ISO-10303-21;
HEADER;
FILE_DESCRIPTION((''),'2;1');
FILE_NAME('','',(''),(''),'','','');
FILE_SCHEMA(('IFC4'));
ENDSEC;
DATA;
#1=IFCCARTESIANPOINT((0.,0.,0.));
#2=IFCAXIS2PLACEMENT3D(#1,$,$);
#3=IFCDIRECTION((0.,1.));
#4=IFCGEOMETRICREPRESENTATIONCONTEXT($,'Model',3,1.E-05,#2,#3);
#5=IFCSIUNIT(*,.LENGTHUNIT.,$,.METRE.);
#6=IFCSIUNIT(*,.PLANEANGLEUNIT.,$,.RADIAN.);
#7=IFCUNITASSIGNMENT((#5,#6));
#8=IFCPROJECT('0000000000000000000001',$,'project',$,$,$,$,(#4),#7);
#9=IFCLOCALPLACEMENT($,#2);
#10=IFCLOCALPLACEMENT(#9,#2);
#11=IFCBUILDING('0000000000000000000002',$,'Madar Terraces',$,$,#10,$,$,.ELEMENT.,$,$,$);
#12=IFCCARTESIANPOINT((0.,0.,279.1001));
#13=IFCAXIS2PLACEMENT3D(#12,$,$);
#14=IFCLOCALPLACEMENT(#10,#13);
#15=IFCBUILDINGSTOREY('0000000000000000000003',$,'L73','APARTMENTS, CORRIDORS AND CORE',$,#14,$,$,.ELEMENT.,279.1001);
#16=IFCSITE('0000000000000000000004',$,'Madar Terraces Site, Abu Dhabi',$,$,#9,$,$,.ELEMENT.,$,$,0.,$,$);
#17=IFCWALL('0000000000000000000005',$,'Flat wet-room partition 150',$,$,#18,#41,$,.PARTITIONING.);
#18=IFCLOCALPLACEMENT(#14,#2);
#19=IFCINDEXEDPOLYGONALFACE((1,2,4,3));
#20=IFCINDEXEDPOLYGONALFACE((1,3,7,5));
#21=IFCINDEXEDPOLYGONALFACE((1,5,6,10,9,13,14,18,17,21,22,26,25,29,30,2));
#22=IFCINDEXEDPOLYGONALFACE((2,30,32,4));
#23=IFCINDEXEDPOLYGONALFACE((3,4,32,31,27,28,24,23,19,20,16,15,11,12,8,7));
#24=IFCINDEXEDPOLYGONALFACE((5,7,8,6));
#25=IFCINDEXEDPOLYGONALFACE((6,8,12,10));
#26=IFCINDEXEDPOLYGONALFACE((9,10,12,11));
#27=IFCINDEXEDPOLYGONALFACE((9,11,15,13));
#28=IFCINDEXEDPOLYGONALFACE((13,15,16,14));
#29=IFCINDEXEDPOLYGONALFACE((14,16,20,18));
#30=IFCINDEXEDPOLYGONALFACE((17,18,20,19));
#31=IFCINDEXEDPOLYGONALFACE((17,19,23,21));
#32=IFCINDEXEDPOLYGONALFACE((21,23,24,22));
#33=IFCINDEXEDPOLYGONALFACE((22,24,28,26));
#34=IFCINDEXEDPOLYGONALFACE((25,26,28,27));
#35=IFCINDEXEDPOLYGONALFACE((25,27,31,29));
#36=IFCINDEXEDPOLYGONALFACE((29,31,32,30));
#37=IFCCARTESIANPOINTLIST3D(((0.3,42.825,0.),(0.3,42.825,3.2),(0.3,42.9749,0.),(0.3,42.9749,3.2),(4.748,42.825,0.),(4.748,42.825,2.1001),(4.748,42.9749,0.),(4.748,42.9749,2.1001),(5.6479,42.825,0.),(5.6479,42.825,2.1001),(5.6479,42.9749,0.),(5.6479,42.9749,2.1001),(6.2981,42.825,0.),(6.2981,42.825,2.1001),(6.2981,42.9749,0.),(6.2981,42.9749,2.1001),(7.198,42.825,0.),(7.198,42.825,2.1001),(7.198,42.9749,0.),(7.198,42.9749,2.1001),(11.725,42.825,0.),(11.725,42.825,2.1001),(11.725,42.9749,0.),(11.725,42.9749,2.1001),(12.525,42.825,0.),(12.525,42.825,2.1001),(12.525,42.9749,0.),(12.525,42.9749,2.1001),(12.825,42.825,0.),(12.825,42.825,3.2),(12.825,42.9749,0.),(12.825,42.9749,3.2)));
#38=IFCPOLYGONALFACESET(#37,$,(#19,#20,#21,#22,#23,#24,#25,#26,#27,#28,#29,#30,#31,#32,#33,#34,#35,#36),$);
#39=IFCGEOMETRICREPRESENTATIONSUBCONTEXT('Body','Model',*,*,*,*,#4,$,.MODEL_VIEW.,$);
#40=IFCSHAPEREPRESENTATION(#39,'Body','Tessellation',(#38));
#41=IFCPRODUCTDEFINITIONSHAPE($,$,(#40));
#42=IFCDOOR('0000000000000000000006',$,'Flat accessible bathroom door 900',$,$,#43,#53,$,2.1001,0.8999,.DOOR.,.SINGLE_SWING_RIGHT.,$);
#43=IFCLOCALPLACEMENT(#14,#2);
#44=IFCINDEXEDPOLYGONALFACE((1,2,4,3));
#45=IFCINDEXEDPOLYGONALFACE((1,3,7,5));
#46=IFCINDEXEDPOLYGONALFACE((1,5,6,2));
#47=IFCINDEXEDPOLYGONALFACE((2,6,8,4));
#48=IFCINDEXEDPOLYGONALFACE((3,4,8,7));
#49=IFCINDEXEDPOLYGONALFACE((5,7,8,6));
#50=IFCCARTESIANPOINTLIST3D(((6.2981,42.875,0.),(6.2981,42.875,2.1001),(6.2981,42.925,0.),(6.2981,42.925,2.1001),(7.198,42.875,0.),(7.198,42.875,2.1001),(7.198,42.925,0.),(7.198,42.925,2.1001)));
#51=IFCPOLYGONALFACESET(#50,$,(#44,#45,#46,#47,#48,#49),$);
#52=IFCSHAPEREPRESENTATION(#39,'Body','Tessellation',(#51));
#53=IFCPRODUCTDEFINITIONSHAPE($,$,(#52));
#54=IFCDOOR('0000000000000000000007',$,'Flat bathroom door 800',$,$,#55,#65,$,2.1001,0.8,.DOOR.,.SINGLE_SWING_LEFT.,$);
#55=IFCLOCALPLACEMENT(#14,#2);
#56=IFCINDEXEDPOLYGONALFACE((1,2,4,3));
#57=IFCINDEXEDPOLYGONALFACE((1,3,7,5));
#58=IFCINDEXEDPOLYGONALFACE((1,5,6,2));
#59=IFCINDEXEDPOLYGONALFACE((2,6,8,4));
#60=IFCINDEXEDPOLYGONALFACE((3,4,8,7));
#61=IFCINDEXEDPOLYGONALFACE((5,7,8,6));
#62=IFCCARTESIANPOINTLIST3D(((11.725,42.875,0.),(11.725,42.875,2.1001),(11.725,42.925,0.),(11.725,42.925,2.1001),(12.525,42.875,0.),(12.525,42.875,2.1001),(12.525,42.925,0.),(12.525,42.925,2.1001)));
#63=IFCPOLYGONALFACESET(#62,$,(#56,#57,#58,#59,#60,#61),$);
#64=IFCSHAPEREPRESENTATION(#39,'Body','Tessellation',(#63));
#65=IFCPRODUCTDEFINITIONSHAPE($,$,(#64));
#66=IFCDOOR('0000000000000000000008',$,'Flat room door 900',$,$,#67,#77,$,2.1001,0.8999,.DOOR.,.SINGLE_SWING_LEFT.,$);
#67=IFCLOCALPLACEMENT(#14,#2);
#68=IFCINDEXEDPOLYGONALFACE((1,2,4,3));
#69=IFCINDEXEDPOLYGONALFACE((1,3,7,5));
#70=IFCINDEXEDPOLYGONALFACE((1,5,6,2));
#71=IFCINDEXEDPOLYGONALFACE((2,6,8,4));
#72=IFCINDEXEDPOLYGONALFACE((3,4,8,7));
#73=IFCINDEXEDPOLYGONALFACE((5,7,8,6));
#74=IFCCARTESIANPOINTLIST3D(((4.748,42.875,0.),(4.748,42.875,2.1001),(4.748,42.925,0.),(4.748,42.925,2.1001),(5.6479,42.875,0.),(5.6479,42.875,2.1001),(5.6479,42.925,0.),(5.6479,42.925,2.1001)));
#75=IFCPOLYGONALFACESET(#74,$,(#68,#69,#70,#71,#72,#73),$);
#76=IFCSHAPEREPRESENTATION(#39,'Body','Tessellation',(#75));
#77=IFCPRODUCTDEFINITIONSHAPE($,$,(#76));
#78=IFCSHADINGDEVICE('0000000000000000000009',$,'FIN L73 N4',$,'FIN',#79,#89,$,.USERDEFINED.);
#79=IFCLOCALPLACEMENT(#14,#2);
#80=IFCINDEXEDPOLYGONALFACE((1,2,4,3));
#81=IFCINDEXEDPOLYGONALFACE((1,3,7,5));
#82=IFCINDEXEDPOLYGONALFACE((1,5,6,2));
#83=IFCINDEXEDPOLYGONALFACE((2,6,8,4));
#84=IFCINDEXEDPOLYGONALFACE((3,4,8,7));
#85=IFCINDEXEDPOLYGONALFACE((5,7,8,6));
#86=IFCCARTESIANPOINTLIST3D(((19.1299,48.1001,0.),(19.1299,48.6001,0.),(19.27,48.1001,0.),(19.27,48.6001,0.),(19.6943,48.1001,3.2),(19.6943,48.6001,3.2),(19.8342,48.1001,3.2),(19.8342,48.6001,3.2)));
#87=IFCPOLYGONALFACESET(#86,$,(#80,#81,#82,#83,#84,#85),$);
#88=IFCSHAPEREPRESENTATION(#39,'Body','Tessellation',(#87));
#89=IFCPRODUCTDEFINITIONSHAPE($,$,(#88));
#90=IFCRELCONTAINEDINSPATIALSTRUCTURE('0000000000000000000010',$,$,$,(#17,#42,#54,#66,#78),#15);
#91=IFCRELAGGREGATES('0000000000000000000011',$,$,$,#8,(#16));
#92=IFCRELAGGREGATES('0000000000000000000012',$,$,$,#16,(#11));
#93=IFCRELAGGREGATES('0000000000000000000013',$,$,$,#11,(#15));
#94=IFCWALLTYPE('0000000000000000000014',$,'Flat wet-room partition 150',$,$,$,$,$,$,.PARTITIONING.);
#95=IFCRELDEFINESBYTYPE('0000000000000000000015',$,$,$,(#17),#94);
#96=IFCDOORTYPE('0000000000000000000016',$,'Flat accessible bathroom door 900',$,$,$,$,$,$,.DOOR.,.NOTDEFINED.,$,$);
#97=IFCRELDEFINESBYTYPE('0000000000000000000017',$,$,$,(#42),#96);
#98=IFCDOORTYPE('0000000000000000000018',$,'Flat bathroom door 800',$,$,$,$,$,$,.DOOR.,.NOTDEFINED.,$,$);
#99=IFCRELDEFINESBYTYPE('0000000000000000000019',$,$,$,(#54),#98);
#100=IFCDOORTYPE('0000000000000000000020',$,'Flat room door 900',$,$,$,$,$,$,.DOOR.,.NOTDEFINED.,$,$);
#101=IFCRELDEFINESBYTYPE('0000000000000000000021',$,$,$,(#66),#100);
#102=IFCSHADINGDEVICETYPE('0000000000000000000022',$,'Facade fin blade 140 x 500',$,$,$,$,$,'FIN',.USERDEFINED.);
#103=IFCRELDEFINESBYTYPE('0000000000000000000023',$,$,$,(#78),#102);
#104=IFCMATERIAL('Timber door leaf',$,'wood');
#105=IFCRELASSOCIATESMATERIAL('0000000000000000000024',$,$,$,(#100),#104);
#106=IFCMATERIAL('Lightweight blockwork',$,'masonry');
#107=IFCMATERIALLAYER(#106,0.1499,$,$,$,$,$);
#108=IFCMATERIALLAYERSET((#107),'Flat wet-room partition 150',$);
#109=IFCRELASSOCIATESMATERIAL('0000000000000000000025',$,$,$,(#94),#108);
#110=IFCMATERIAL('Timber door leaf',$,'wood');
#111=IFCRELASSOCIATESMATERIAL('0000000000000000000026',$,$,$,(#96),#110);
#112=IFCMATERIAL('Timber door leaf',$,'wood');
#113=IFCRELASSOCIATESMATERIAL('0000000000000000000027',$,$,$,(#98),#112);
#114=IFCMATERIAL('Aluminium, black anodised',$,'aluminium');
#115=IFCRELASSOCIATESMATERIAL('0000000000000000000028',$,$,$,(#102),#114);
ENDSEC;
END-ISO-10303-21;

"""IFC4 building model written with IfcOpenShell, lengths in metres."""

from ifc_helpers import new_model, si_unit, direction, frame, frame_2d, origin, place, context, subcontext, project, spatial, polyline, rectangle, outline, extrude, material, layer, layer_set, type_object, element, fill, save


model = new_model("IFC4")

# Units and contexts
model_context = context("Model", 3, precision=1e-05, world=origin(), true_north=direction((0.0, 1.0)))
body_context = subcontext(model_context, "Body", "Model", "MODEL_VIEW")
ifc_project = project(units=[si_unit("LENGTHUNIT", "METRE"), si_unit("PLANEANGLEUNIT", "RADIAN")], contexts=[model_context])

# Site, building, storey
site_placement = place(None, origin())
site = spatial("IfcSite", under=ifc_project, at=site_placement, Name="Madar Terraces Site, Abu Dhabi", CompositionType="ELEMENT", RefElevation=0.0)
building_placement = place(site_placement, origin())
building = spatial("IfcBuilding", under=site, at=building_placement, Name="Madar Terraces", CompositionType="ELEMENT")
storey_placement = place(building_placement, frame((0.0, 0.0, 279.1001)))
storey = spatial("IfcBuildingStorey", under=building, at=storey_placement, Name="L73", Description="APARTMENTS, CORRIDORS AND CORE", CompositionType="ELEMENT", Elevation=279.1001)

# Shared definitions
ifc_material_1 = material(Name="Timber door leaf", Category="wood")
door_type_1 = type_object("IfcDoorType", Name="Flat room door 900", OperationType="NOTDEFINED", PredefinedType="DOOR", material=ifc_material_1)

# Wall, openings, doors
ifc_material_2 = material(Name="Lightweight blockwork", Category="masonry")
ifc_layer_1 = layer(ifc_material_2, 0.1499)
ifc_layer_set_1 = layer_set([ifc_layer_1], Name="Flat wet-room partition 150")
wall_type_1 = type_object("IfcWallType", Name="Flat wet-room partition 150", PredefinedType="PARTITIONING", material=ifc_layer_set_1)
wall_1_placement = place(storey_placement, frame((12.825, 42.8999, 0.0), z_axis=(0.0, 0.0, 1.0), x_axis=(-1.0, 0.0, 0.0)))
wall_1 = element("IfcWall", 1, at=wall_1_placement, inside=storey, type_object=wall_type_1, Name="Flat wet-room partition 150", PredefinedType="PARTITIONING", context=body_context, shape_type="SweptSolid", body=[
    extrude(rectangle(XDim=12.5249, YDim=0.1499, at=frame_2d((6.2625, 0.0))), origin(), (0.0, 0.0, 1.0), 3.2),
])
opening_1_placement = place(wall_1_placement, frame((0.3, 0.0, 0.0)))
opening_1 = element("IfcOpeningElement", 2, at=opening_1_placement, cuts=wall_1, PredefinedType="OPENING", context=body_context, shape_type="SweptSolid", body=[
    extrude(rectangle(XDim=0.8, YDim=2.1001, at=frame_2d((0.3999, 1.05))), frame((0.0, 0.085, 0.0), z_axis=(0.0, -1.0, 0.0), x_axis=(1.0, 0.0, 0.0)), (0.0, 0.0, 1.0), 0.1699),
])
opening_2_placement = place(wall_1_placement, frame((5.627, 0.0, 0.0)))
opening_2 = element("IfcOpeningElement", 3, at=opening_2_placement, cuts=wall_1, PredefinedType="OPENING", context=body_context, shape_type="SweptSolid", body=[
    extrude(rectangle(XDim=0.8999, YDim=2.1001, at=frame_2d((0.45, 1.05))), frame((0.0, 0.085, 0.0), z_axis=(0.0, -1.0, 0.0), x_axis=(1.0, 0.0, 0.0)), (0.0, 0.0, 1.0), 0.1699),
])
opening_3_placement = place(wall_1_placement, frame((7.177, 0.0, 0.0)))
opening_3 = element("IfcOpeningElement", 4, at=opening_3_placement, cuts=wall_1, PredefinedType="OPENING", context=body_context, shape_type="SweptSolid", body=[
    extrude(rectangle(XDim=0.8999, YDim=2.1001, at=frame_2d((0.45, 1.05))), frame((0.0, 0.085, 0.0), z_axis=(0.0, -1.0, 0.0), x_axis=(1.0, 0.0, 0.0)), (0.0, 0.0, 1.0), 0.1699),
])
ifc_material_3 = material(Name="Timber door leaf", Category="wood")
door_type_2 = type_object("IfcDoorType", Name="Flat accessible bathroom door 900", OperationType="NOTDEFINED", PredefinedType="DOOR", material=ifc_material_3)
door_1_placement = place(opening_2_placement, origin())
door_1 = element("IfcDoor", 5, at=door_1_placement, inside=storey, type_object=door_type_2, Name="Flat accessible bathroom door 900", OperationType="SINGLE_SWING_RIGHT", OverallHeight=2.1001, OverallWidth=0.8999, PredefinedType="DOOR", context=body_context, shape_type="SweptSolid", body=[
    extrude(rectangle(XDim=0.8999, YDim=2.1001, at=frame_2d((0.45, 1.05))), frame((0.0, 0.0249, 0.0), z_axis=(0.0, -1.0, 0.0), x_axis=(1.0, 0.0, 0.0)), (0.0, 0.0, 1.0), 0.05),
])
fill(opening_2, door_1)
ifc_material_4 = material(Name="Timber door leaf", Category="wood")
door_type_3 = type_object("IfcDoorType", Name="Flat bathroom door 800", OperationType="NOTDEFINED", PredefinedType="DOOR", material=ifc_material_4)
door_2_placement = place(opening_1_placement, origin())
door_2 = element("IfcDoor", 6, at=door_2_placement, inside=storey, type_object=door_type_3, Name="Flat bathroom door 800", OperationType="SINGLE_SWING_LEFT", OverallHeight=2.1001, OverallWidth=0.8, PredefinedType="DOOR", context=body_context, shape_type="SweptSolid", body=[
    extrude(rectangle(XDim=0.8, YDim=2.1001, at=frame_2d((0.3999, 1.05))), frame((0.0, 0.0249, 0.0), z_axis=(0.0, -1.0, 0.0), x_axis=(1.0, 0.0, 0.0)), (0.0, 0.0, 1.0), 0.05),
])
fill(opening_1, door_2)
door_3_placement = place(opening_3_placement, origin())
door_3 = element("IfcDoor", 7, at=door_3_placement, inside=storey, type_object=door_type_1, Name="Flat room door 900", OperationType="SINGLE_SWING_LEFT", OverallHeight=2.1001, OverallWidth=0.8999, PredefinedType="DOOR", context=body_context, shape_type="SweptSolid", body=[
    extrude(rectangle(XDim=0.8999, YDim=2.1001, at=frame_2d((0.45, 1.05))), frame((0.0, 0.0249, 0.0), z_axis=(0.0, -1.0, 0.0), x_axis=(1.0, 0.0, 0.0)), (0.0, 0.0, 1.0), 0.05),
])
fill(opening_3, door_3)

# Shading device
ifc_material_5 = material(Name="Aluminium, black anodised", Category="aluminium")
shading_device_type = type_object("IfcShadingDeviceType", Name="Facade fin blade 140 x 500", ElementType="FIN", PredefinedType="USERDEFINED", material=ifc_material_5)
shading_device_placement = place(storey_placement, frame((19.27, 48.3501, 0.0), z_axis=(0.0, 0.0, 1.0), x_axis=(-1.0, 0.0, 0.0)))
element("IfcShadingDevice", 8, at=shading_device_placement, inside=storey, type_object=shading_device_type, Name="FIN L73 N4", ObjectType="FIN", PredefinedType="USERDEFINED", context=body_context, shape_type="SweptSolid", body=[
    extrude(outline(polyline([(0.0, 0.0), (0.1401, 0.0), (-0.4243, 3.2), (-0.5642, 3.2), (0.0, 0.0)])), frame((0.0, 0.25, 0.0), z_axis=(0.0, -1.0, 0.0), x_axis=(1.0, 0.0, 0.0)), (0.0, 0.0, 1.0), 0.5),
])

save(model, "model.ifc")
